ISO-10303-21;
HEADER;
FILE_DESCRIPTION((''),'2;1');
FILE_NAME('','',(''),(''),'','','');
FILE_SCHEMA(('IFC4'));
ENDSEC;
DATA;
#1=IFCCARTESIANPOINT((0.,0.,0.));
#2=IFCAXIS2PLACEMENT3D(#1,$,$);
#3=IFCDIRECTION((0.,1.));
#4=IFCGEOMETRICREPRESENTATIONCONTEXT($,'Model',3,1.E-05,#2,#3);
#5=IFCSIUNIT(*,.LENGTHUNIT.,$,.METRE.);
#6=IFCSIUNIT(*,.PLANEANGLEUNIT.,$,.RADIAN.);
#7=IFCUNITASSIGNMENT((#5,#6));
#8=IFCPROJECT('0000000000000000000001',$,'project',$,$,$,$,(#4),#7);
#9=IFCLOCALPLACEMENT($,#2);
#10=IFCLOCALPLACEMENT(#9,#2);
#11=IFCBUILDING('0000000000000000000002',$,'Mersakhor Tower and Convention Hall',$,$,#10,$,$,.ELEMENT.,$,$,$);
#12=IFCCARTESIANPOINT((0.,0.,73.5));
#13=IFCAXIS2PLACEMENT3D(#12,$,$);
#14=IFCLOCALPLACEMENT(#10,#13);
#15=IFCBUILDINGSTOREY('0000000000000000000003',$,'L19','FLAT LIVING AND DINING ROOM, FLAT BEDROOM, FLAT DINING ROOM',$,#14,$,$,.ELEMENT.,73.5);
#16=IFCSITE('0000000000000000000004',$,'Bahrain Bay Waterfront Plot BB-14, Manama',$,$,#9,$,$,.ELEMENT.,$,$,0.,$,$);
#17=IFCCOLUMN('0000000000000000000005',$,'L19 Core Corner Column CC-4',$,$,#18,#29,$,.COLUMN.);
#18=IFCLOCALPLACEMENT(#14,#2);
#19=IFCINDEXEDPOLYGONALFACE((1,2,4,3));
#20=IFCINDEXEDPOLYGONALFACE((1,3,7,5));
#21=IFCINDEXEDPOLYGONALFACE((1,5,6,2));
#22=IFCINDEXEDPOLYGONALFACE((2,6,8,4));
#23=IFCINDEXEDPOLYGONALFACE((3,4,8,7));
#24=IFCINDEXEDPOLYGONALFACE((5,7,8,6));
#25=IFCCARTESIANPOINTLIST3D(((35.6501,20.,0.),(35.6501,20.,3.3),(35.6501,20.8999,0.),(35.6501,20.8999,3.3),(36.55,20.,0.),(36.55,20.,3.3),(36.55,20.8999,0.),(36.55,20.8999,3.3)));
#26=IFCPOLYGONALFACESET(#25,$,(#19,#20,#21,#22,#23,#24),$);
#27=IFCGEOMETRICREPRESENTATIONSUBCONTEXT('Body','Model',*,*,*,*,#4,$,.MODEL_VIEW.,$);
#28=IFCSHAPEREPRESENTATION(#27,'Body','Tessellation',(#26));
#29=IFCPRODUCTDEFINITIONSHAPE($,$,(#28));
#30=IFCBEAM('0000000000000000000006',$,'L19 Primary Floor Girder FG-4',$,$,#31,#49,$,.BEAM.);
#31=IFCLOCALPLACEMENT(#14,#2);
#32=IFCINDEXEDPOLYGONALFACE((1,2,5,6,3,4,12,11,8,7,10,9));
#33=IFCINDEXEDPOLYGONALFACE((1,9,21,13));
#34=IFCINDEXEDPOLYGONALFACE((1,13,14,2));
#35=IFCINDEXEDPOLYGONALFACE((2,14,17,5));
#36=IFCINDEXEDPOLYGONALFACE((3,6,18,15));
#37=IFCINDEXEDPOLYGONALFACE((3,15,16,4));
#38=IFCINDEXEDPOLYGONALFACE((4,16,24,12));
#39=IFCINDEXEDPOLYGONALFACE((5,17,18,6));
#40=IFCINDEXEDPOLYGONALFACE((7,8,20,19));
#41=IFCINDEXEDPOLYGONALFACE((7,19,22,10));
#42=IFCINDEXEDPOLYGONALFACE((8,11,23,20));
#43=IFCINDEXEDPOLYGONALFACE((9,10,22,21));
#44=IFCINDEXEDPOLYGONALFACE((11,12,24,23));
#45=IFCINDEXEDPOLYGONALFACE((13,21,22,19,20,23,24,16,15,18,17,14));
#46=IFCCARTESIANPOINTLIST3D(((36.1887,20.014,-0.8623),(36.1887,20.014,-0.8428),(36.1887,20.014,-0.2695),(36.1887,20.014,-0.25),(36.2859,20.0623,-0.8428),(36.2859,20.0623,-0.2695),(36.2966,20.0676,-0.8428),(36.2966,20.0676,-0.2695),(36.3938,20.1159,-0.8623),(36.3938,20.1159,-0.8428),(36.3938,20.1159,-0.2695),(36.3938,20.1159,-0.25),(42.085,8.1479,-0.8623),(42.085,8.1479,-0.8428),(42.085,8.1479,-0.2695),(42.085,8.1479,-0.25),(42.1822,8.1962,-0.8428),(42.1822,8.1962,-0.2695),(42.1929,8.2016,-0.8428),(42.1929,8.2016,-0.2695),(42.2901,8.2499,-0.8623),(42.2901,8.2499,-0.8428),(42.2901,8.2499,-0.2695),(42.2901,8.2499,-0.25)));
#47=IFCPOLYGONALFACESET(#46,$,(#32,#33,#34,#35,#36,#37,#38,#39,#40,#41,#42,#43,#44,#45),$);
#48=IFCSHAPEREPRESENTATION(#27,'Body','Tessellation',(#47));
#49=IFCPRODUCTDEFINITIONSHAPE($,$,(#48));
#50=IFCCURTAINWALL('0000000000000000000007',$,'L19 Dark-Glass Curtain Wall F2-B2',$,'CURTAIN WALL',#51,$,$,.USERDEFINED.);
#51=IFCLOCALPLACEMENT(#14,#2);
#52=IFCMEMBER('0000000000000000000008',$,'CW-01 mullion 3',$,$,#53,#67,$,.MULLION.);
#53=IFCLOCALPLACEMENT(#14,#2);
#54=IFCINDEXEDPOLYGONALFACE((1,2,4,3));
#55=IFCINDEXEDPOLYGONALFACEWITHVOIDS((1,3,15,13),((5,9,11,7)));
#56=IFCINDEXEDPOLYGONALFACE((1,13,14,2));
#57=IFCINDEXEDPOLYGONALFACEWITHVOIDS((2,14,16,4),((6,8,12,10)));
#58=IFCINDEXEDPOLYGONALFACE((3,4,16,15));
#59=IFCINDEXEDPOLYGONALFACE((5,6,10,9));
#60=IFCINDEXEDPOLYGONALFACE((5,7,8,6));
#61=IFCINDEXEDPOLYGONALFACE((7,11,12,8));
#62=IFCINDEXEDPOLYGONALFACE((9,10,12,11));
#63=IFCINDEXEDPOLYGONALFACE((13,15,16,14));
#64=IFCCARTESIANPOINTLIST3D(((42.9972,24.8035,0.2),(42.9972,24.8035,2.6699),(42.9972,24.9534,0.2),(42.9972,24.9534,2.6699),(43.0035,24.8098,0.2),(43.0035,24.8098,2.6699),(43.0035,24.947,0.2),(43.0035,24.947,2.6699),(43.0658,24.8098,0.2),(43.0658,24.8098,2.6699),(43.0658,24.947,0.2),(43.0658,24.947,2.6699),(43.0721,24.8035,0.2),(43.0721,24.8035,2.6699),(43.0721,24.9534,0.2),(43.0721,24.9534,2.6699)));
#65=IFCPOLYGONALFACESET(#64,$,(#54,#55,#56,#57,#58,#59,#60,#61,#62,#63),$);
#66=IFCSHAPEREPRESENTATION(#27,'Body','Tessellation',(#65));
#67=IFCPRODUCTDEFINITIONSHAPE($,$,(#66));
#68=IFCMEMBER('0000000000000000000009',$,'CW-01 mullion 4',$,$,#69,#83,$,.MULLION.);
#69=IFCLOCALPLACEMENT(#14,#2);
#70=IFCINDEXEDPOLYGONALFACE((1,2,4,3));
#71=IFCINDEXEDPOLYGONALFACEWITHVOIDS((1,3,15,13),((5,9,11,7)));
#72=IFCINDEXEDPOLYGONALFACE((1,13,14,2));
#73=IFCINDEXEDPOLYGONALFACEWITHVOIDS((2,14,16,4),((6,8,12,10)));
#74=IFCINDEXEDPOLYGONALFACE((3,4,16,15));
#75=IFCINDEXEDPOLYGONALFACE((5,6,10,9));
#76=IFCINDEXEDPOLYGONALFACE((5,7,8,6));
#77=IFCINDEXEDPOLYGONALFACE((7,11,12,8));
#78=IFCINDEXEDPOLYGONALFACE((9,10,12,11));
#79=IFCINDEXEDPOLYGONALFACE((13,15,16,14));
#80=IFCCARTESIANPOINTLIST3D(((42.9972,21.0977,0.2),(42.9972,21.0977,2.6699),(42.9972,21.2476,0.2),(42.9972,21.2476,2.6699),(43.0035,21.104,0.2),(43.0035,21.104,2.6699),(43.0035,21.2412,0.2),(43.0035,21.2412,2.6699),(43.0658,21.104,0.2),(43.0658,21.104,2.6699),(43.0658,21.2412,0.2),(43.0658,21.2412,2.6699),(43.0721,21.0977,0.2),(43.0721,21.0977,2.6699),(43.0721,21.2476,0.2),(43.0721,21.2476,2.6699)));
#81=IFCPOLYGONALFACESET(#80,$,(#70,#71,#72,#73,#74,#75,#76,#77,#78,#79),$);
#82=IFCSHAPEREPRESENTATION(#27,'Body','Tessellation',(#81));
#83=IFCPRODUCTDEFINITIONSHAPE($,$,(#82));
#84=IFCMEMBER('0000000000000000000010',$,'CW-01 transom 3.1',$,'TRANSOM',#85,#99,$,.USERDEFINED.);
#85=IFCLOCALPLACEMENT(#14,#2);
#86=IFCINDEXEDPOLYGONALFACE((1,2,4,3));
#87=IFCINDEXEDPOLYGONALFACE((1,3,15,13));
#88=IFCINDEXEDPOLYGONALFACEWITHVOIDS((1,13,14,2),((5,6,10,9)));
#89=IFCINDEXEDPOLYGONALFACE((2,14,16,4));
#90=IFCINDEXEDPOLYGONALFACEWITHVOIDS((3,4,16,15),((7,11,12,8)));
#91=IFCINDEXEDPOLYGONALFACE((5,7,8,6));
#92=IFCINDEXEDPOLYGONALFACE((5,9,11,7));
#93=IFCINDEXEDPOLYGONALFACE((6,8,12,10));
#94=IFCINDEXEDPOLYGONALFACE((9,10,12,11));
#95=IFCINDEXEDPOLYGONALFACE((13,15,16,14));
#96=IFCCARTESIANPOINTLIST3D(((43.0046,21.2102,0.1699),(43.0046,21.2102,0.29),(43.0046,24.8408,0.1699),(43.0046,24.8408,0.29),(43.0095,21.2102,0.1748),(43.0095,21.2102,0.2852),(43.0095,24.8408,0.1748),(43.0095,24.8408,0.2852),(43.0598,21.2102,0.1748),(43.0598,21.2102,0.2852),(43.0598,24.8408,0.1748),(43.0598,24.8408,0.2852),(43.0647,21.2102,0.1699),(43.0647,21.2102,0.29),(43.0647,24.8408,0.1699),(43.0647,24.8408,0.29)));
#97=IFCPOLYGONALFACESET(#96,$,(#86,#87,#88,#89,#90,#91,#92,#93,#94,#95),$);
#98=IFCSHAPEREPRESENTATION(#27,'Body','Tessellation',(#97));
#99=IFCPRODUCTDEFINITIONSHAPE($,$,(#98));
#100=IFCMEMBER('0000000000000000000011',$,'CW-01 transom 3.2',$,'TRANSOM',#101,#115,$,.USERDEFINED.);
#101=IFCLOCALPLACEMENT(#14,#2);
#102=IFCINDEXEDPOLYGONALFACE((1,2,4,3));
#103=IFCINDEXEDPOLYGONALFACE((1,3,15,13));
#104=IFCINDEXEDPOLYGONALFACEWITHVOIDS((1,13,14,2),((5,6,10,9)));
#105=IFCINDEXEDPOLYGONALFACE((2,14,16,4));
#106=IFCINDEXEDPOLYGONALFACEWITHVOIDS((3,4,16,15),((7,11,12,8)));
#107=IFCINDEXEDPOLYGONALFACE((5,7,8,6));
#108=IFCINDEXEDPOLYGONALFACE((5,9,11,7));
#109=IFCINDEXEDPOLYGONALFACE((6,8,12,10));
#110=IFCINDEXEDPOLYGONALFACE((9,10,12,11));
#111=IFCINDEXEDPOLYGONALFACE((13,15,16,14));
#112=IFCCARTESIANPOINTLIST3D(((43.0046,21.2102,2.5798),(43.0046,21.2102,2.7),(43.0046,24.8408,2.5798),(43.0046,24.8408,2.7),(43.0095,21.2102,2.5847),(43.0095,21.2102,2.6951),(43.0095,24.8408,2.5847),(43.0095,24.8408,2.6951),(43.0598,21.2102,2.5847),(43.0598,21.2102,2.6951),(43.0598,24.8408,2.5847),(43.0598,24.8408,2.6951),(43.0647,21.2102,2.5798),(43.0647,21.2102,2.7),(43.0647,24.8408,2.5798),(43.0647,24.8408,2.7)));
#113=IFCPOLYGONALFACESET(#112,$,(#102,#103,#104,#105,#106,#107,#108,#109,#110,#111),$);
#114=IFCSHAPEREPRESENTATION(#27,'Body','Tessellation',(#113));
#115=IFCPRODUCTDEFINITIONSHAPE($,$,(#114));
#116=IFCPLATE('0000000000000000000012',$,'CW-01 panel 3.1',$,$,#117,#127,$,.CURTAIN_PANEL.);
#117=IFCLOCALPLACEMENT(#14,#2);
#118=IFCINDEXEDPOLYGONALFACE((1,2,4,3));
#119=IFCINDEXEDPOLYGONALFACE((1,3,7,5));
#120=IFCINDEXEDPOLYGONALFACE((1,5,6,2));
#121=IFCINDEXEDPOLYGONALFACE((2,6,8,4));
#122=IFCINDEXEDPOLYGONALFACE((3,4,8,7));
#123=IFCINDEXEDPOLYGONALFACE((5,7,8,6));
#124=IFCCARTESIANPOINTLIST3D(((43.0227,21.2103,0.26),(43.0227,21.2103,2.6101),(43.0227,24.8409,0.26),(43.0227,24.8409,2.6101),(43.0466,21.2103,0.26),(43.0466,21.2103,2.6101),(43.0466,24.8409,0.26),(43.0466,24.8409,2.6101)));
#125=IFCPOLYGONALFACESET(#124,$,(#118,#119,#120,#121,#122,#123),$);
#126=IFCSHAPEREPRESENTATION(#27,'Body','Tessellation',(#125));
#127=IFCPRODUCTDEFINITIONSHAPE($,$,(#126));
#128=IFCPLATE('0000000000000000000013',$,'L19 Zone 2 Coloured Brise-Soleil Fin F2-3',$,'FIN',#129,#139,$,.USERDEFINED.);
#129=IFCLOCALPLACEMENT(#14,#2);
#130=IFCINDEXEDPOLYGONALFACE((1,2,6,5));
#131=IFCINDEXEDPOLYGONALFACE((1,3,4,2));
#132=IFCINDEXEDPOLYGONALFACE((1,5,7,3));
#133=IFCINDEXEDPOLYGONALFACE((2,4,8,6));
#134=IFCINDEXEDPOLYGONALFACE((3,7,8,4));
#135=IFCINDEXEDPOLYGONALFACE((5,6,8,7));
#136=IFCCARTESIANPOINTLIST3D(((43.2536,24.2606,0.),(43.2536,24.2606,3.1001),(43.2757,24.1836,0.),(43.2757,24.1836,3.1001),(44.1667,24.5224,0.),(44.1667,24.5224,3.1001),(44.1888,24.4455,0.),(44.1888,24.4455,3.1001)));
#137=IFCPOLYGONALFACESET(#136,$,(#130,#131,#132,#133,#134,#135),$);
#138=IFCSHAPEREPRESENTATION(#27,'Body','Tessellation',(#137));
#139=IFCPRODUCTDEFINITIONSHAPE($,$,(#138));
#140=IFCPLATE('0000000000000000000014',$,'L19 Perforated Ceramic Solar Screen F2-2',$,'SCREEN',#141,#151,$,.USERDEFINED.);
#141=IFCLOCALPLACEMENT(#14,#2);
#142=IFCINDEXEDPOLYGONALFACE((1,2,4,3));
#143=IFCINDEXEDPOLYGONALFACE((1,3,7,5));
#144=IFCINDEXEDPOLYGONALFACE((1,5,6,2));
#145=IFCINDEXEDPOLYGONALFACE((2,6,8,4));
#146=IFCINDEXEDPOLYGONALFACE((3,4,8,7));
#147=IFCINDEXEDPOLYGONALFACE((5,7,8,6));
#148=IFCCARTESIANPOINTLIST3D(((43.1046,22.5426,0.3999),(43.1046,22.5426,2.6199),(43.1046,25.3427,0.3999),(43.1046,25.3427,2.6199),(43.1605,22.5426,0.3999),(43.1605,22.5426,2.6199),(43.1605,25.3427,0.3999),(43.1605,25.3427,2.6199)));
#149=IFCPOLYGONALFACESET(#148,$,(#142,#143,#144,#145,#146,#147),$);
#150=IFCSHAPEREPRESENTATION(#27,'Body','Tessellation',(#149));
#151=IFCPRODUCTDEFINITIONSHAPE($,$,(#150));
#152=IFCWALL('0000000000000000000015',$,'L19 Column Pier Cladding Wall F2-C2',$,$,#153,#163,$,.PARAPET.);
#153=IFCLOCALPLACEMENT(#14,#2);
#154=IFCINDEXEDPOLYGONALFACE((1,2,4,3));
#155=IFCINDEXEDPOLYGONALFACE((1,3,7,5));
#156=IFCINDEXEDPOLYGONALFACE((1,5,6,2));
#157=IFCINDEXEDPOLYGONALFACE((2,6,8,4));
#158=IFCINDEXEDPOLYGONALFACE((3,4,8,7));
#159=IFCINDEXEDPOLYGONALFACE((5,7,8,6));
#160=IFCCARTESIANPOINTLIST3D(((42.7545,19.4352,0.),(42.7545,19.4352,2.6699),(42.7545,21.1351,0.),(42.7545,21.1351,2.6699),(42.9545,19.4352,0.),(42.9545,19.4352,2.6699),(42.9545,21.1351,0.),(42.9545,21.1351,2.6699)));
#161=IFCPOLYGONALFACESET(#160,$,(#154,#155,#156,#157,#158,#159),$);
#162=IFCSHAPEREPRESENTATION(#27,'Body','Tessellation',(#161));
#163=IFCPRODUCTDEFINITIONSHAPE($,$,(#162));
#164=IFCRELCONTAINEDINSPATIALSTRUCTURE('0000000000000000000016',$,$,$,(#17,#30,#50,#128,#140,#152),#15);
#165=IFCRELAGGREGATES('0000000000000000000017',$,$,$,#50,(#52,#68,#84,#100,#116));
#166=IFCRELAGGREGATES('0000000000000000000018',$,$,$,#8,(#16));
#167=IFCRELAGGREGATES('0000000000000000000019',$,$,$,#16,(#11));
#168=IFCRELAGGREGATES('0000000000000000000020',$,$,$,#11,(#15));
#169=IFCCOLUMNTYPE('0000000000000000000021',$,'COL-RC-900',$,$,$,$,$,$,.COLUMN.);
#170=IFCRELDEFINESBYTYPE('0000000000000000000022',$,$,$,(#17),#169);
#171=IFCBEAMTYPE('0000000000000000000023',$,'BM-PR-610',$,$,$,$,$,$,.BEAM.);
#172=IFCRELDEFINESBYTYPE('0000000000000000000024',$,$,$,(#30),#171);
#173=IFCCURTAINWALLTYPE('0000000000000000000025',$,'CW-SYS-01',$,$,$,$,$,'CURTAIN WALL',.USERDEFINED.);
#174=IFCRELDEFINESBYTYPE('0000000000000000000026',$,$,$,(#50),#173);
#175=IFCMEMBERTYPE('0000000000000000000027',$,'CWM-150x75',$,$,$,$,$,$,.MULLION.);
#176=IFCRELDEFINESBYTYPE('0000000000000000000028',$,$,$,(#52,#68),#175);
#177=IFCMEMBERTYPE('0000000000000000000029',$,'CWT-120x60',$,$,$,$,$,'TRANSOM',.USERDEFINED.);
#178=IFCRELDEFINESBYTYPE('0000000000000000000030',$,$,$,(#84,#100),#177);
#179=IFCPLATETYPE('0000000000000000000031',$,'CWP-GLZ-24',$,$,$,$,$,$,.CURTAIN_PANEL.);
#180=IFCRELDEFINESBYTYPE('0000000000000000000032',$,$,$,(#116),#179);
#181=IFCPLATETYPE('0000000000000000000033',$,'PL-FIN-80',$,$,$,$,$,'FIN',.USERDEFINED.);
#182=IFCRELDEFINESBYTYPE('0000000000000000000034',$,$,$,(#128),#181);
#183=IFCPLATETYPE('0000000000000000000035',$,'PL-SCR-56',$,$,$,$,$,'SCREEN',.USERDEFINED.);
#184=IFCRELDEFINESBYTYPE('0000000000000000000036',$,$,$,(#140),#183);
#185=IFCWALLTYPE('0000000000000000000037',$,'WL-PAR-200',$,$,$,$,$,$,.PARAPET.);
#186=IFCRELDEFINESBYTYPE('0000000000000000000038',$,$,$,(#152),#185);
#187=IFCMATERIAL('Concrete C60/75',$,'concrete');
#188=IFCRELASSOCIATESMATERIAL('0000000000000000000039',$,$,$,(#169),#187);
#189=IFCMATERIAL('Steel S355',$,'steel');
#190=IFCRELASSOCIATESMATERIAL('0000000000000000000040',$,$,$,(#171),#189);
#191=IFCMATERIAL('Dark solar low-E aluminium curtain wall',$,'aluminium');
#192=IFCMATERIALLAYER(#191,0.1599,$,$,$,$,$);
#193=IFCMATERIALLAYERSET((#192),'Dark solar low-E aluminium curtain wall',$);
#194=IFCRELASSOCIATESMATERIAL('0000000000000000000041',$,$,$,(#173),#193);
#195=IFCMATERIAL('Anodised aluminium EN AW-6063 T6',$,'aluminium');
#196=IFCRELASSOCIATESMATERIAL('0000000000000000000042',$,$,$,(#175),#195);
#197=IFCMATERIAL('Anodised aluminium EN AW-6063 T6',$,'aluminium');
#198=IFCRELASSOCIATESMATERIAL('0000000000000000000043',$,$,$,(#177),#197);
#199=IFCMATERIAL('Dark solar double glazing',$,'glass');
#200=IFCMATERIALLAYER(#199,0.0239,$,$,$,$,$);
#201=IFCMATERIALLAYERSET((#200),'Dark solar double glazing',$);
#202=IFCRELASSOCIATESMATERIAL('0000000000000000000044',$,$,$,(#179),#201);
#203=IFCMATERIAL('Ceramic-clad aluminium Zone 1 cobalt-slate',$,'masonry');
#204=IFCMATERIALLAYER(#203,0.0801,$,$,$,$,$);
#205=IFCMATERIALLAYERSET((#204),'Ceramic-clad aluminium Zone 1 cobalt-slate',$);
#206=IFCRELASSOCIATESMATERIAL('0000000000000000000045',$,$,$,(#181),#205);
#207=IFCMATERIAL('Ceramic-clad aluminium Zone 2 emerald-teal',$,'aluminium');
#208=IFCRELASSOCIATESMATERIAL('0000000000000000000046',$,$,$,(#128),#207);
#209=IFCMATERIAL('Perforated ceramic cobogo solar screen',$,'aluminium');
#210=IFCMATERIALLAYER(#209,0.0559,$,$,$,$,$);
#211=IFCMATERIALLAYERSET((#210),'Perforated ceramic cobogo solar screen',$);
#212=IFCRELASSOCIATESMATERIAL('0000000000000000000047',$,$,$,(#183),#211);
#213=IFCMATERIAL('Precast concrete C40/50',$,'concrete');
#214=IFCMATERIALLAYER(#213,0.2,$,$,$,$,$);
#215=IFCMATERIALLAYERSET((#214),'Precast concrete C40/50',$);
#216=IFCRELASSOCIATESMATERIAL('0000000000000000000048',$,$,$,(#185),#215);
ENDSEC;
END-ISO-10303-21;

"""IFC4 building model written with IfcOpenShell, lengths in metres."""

from ifc_helpers import new_model, si_unit, direction, frame, frame_2d, origin, origin_2d, place, context, subcontext, project, spatial, rectangle, hollow_rectangle, i_section, extrude, material, layer, layer_set, material_profile, profile_set, type_object, element, aggregate, save


model = new_model("IFC4")

# Units and contexts
model_context = context("Model", 3, precision=1e-05, world=origin(), true_north=direction((0.0, 1.0)))
body_context = subcontext(model_context, "Body", "Model", "MODEL_VIEW")
ifc_project = project(units=[si_unit("LENGTHUNIT", "METRE"), si_unit("PLANEANGLEUNIT", "RADIAN")], contexts=[model_context])

# Site, building, storey
site_placement = place(None, origin())
site = spatial("IfcSite", under=ifc_project, at=site_placement, Name="Bahrain Bay Waterfront Plot BB-14, Manama", CompositionType="ELEMENT", RefElevation=0.0)
building_placement = place(site_placement, origin())
building = spatial("IfcBuilding", under=site, at=building_placement, Name="Mersakhor Tower and Convention Hall", CompositionType="ELEMENT")
storey_placement = place(building_placement, frame((0.0, 0.0, 73.5)))
storey = spatial("IfcBuildingStorey", under=building, at=storey_placement, Name="L19", Description="FLAT LIVING AND DINING ROOM, FLAT BEDROOM, FLAT DINING ROOM", CompositionType="ELEMENT", Elevation=73.5)

# Column
ifc_material_1 = material(Name="Concrete C60/75", Category="concrete")
ifc_material_profile_1 = material_profile(ifc_material_1, rectangle(XDim=0.8999, YDim=0.8999, at=origin_2d()), Name="RC 900x900")
ifc_profile_set_1 = profile_set([ifc_material_profile_1], Name="Concrete C60/75")
column_type = type_object("IfcColumnType", Name="COL-RC-900", PredefinedType="COLUMN", material=ifc_profile_set_1)
column_placement = place(storey_placement, frame((36.1001, 20.45, 0.0), z_axis=(0.0, 0.0, 1.0), x_axis=(1.0, 0.0, 0.0)))
element("IfcColumn", 1, at=column_placement, inside=storey, type_object=column_type, Name="L19 Core Corner Column CC-4", PredefinedType="COLUMN", context=body_context, shape_type="SweptSolid", body=[
    extrude(rectangle(XDim=0.8999, YDim=0.8999, at=origin_2d()), origin(), (0.0, 0.0, 1.0), 3.3),
])

# Beam
ifc_material_2 = material(Name="Steel S355", Category="steel")
ifc_material_profile_2 = material_profile(ifc_material_2, i_section(OverallWidth=0.229, OverallDepth=0.6123, WebThickness=0.012, FlangeThickness=0.0195, at=origin_2d()), Name="UB 610x229x125")
ifc_profile_set_2 = profile_set([ifc_material_profile_2], Name="Steel S355")
beam_type = type_object("IfcBeamType", Name="BM-PR-610", PredefinedType="BEAM", material=ifc_profile_set_2)
beam_placement = place(storey_placement, frame((36.2913, 20.0649, -0.5562), z_axis=(0.444994, -0.895534, 0.0), x_axis=(0.895534, 0.444994, 0.0)))
element("IfcBeam", 2, at=beam_placement, inside=storey, type_object=beam_type, Name="L19 Primary Floor Girder FG-4", PredefinedType="BEAM", context=body_context, shape_type="SweptSolid", body=[
    extrude(i_section(OverallWidth=0.229, OverallDepth=0.6123, WebThickness=0.012, FlangeThickness=0.0195, at=origin_2d()), origin(), (0.0, 0.0, 1.0), 13.2502),
])

# Curtain wall, members, plate
ifc_material_3 = material(Name="Dark solar low-E aluminium curtain wall", Category="aluminium")
ifc_layer_1 = layer(ifc_material_3, 0.1599)
ifc_layer_set_1 = layer_set([ifc_layer_1], Name="Dark solar low-E aluminium curtain wall")
curtain_wall_type = type_object("IfcCurtainWallType", Name="CW-SYS-01", ElementType="CURTAIN WALL", PredefinedType="USERDEFINED", material=ifc_layer_set_1)
curtain_wall_placement = place(storey_placement, origin())
curtain_wall = element("IfcCurtainWall", 3, at=curtain_wall_placement, inside=storey, type_object=curtain_wall_type, Name="L19 Dark-Glass Curtain Wall F2-B2", ObjectType="CURTAIN WALL", PredefinedType="USERDEFINED")
ifc_material_4 = material(Name="Anodised aluminium EN AW-6063 T6", Category="aluminium")
ifc_material_profile_3 = material_profile(ifc_material_4, hollow_rectangle(XDim=0.075, YDim=0.1499, WallThickness=0.0063, at=origin_2d()), Name="RHS 150x75x6.3")
ifc_profile_set_3 = profile_set([ifc_material_profile_3], Name="Anodised aluminium EN AW-6063 T6")
member_type_1 = type_object("IfcMemberType", Name="CWM-150x75", PredefinedType="MULLION", material=ifc_profile_set_3)
member_1_placement = place(storey_placement, frame((43.0347, 24.8784, 0.2), z_axis=(0.0, 0.0, 1.0), x_axis=(1.0, 0.0, 0.0)))
member_1 = element("IfcMember", 4, at=member_1_placement, type_object=member_type_1, Name="CW-01 mullion 3", PredefinedType="MULLION", context=body_context, shape_type="SweptSolid", body=[
    extrude(hollow_rectangle(XDim=0.075, YDim=0.1499, WallThickness=0.0063, at=origin_2d()), origin(), (0.0, 0.0, 1.0), 2.47),
])
member_2_placement = place(storey_placement, frame((43.0347, 21.1726, 0.2), z_axis=(0.0, 0.0, 1.0), x_axis=(1.0, 0.0, 0.0)))
member_2 = element("IfcMember", 5, at=member_2_placement, type_object=member_type_1, Name="CW-01 mullion 4", PredefinedType="MULLION", context=body_context, shape_type="SweptSolid", body=[
    extrude(hollow_rectangle(XDim=0.075, YDim=0.1499, WallThickness=0.0063, at=origin_2d()), origin(), (0.0, 0.0, 1.0), 2.47),
])
ifc_material_5 = material(Name="Anodised aluminium EN AW-6063 T6", Category="aluminium")
ifc_material_profile_4 = material_profile(ifc_material_5, hollow_rectangle(XDim=0.0601, YDim=0.1201, WallThickness=0.0049, at=origin_2d()), Name="RHS 120x60x5")
ifc_profile_set_4 = profile_set([ifc_material_profile_4], Name="Anodised aluminium EN AW-6063 T6")
member_type_2 = type_object("IfcMemberType", Name="CWT-120x60", ElementType="TRANSOM", PredefinedType="USERDEFINED", material=ifc_profile_set_4)
member_3_placement = place(storey_placement, frame((43.0347, 24.8408, 0.23), z_axis=(0.0, -1.0, 0.0), x_axis=(1.0, 0.0, 0.0)))
member_3 = element("IfcMember", 6, at=member_3_placement, type_object=member_type_2, Name="CW-01 transom 3.1", ObjectType="TRANSOM", PredefinedType="USERDEFINED", context=body_context, shape_type="SweptSolid", body=[
    extrude(hollow_rectangle(XDim=0.0601, YDim=0.1201, WallThickness=0.0049, at=origin_2d()), origin(), (0.0, 0.0, 1.0), 3.6306),
])
member_4_placement = place(storey_placement, frame((43.0347, 24.8408, 2.6399), z_axis=(0.0, -1.0, 0.0), x_axis=(1.0, 0.0, 0.0)))
member_4 = element("IfcMember", 7, at=member_4_placement, type_object=member_type_2, Name="CW-01 transom 3.2", ObjectType="TRANSOM", PredefinedType="USERDEFINED", context=body_context, shape_type="SweptSolid", body=[
    extrude(hollow_rectangle(XDim=0.0601, YDim=0.1201, WallThickness=0.0049, at=origin_2d()), origin(), (0.0, 0.0, 1.0), 3.6306),
])
ifc_material_6 = material(Name="Dark solar double glazing", Category="glass")
ifc_layer_2 = layer(ifc_material_6, 0.0239)
ifc_layer_set_2 = layer_set([ifc_layer_2], Name="Dark solar double glazing")
plate_type_1 = type_object("IfcPlateType", Name="CWP-GLZ-24", PredefinedType="CURTAIN_PANEL", material=ifc_layer_set_2)
plate_1_placement = place(storey_placement, frame((43.0347, 23.0256, 0.26), z_axis=(0.0, 0.0, 1.0), x_axis=(0.0, -1.0, 0.0)))
plate_1 = element("IfcPlate", 8, at=plate_1_placement, type_object=plate_type_1, Name="CW-01 panel 3.1", PredefinedType="CURTAIN_PANEL", context=body_context, shape_type="SweptSolid", body=[
    extrude(rectangle(XDim=3.6306, YDim=0.0239, at=origin_2d()), origin(), (0.0, 0.0, 1.0), 2.3501),
])
aggregate(curtain_wall, [member_1, member_2, member_3, member_4, plate_1])

# Plates
ifc_material_7 = material(Name="Ceramic-clad aluminium Zone 2 emerald-teal", Category="aluminium")
ifc_material_8 = material(Name="Ceramic-clad aluminium Zone 1 cobalt-slate", Category="masonry")
ifc_layer_3 = layer(ifc_material_8, 0.0801)
ifc_layer_set_3 = layer_set([ifc_layer_3], Name="Ceramic-clad aluminium Zone 1 cobalt-slate")
plate_type_2 = type_object("IfcPlateType", Name="PL-FIN-80", ElementType="FIN", PredefinedType="USERDEFINED", material=ifc_layer_set_3)
plate_2_placement = place(storey_placement, frame((43.7212, 24.353, 0.0), z_axis=(0.0, 0.0, 1.0), x_axis=(0.961262, 0.275637, 0.0)))
element("IfcPlate", 9, at=plate_2_placement, inside=storey, type_object=plate_type_2, material=ifc_material_7, Name="L19 Zone 2 Coloured Brise-Soleil Fin F2-3", ObjectType="FIN", PredefinedType="USERDEFINED", context=body_context, shape_type="SweptSolid", body=[
    extrude(rectangle(XDim=0.95, YDim=0.0801, at=origin_2d()), origin(), (0.0, 0.0, 1.0), 3.1001),
])
ifc_material_9 = material(Name="Perforated ceramic cobogo solar screen", Category="aluminium")
ifc_layer_4 = layer(ifc_material_9, 0.0559)
ifc_layer_set_4 = layer_set([ifc_layer_4], Name="Perforated ceramic cobogo solar screen")
plate_type_3 = type_object("IfcPlateType", Name="PL-SCR-56", ElementType="SCREEN", PredefinedType="USERDEFINED", material=ifc_layer_set_4)
plate_3_placement = place(storey_placement, frame((43.1326, 23.9426, 0.3999), z_axis=(0.0, 0.0, 1.0), x_axis=(0.0, -1.0, 0.0)))
element("IfcPlate", 10, at=plate_3_placement, inside=storey, type_object=plate_type_3, Name="L19 Perforated Ceramic Solar Screen F2-2", ObjectType="SCREEN", PredefinedType="USERDEFINED", context=body_context, shape_type="SweptSolid", body=[
    extrude(rectangle(XDim=2.8, YDim=0.0559, at=origin_2d()), origin(), (0.0, 0.0, 1.0), 2.22),
])

# Wall
ifc_material_10 = material(Name="Precast concrete C40/50", Category="concrete")
ifc_layer_5 = layer(ifc_material_10, 0.2)
ifc_layer_set_5 = layer_set([ifc_layer_5], Name="Precast concrete C40/50")
wall_type_1 = type_object("IfcWallType", Name="WL-PAR-200", PredefinedType="PARAPET", material=ifc_layer_set_5)
wall_1_placement = place(storey_placement, frame((42.8545, 21.1353, 0.0), z_axis=(0.0, 0.0, 1.0), x_axis=(0.0, -1.0, 0.0)))
element("IfcWall", 11, at=wall_1_placement, inside=storey, type_object=wall_type_1, Name="L19 Column Pier Cladding Wall F2-C2", PredefinedType="PARAPET", context=body_context, shape_type="SweptSolid", body=[
    extrude(rectangle(XDim=1.7, YDim=0.2, at=frame_2d((0.8501, 0.0))), origin(), (0.0, 0.0, 1.0), 2.6699),
])

save(model, "model.ifc")
